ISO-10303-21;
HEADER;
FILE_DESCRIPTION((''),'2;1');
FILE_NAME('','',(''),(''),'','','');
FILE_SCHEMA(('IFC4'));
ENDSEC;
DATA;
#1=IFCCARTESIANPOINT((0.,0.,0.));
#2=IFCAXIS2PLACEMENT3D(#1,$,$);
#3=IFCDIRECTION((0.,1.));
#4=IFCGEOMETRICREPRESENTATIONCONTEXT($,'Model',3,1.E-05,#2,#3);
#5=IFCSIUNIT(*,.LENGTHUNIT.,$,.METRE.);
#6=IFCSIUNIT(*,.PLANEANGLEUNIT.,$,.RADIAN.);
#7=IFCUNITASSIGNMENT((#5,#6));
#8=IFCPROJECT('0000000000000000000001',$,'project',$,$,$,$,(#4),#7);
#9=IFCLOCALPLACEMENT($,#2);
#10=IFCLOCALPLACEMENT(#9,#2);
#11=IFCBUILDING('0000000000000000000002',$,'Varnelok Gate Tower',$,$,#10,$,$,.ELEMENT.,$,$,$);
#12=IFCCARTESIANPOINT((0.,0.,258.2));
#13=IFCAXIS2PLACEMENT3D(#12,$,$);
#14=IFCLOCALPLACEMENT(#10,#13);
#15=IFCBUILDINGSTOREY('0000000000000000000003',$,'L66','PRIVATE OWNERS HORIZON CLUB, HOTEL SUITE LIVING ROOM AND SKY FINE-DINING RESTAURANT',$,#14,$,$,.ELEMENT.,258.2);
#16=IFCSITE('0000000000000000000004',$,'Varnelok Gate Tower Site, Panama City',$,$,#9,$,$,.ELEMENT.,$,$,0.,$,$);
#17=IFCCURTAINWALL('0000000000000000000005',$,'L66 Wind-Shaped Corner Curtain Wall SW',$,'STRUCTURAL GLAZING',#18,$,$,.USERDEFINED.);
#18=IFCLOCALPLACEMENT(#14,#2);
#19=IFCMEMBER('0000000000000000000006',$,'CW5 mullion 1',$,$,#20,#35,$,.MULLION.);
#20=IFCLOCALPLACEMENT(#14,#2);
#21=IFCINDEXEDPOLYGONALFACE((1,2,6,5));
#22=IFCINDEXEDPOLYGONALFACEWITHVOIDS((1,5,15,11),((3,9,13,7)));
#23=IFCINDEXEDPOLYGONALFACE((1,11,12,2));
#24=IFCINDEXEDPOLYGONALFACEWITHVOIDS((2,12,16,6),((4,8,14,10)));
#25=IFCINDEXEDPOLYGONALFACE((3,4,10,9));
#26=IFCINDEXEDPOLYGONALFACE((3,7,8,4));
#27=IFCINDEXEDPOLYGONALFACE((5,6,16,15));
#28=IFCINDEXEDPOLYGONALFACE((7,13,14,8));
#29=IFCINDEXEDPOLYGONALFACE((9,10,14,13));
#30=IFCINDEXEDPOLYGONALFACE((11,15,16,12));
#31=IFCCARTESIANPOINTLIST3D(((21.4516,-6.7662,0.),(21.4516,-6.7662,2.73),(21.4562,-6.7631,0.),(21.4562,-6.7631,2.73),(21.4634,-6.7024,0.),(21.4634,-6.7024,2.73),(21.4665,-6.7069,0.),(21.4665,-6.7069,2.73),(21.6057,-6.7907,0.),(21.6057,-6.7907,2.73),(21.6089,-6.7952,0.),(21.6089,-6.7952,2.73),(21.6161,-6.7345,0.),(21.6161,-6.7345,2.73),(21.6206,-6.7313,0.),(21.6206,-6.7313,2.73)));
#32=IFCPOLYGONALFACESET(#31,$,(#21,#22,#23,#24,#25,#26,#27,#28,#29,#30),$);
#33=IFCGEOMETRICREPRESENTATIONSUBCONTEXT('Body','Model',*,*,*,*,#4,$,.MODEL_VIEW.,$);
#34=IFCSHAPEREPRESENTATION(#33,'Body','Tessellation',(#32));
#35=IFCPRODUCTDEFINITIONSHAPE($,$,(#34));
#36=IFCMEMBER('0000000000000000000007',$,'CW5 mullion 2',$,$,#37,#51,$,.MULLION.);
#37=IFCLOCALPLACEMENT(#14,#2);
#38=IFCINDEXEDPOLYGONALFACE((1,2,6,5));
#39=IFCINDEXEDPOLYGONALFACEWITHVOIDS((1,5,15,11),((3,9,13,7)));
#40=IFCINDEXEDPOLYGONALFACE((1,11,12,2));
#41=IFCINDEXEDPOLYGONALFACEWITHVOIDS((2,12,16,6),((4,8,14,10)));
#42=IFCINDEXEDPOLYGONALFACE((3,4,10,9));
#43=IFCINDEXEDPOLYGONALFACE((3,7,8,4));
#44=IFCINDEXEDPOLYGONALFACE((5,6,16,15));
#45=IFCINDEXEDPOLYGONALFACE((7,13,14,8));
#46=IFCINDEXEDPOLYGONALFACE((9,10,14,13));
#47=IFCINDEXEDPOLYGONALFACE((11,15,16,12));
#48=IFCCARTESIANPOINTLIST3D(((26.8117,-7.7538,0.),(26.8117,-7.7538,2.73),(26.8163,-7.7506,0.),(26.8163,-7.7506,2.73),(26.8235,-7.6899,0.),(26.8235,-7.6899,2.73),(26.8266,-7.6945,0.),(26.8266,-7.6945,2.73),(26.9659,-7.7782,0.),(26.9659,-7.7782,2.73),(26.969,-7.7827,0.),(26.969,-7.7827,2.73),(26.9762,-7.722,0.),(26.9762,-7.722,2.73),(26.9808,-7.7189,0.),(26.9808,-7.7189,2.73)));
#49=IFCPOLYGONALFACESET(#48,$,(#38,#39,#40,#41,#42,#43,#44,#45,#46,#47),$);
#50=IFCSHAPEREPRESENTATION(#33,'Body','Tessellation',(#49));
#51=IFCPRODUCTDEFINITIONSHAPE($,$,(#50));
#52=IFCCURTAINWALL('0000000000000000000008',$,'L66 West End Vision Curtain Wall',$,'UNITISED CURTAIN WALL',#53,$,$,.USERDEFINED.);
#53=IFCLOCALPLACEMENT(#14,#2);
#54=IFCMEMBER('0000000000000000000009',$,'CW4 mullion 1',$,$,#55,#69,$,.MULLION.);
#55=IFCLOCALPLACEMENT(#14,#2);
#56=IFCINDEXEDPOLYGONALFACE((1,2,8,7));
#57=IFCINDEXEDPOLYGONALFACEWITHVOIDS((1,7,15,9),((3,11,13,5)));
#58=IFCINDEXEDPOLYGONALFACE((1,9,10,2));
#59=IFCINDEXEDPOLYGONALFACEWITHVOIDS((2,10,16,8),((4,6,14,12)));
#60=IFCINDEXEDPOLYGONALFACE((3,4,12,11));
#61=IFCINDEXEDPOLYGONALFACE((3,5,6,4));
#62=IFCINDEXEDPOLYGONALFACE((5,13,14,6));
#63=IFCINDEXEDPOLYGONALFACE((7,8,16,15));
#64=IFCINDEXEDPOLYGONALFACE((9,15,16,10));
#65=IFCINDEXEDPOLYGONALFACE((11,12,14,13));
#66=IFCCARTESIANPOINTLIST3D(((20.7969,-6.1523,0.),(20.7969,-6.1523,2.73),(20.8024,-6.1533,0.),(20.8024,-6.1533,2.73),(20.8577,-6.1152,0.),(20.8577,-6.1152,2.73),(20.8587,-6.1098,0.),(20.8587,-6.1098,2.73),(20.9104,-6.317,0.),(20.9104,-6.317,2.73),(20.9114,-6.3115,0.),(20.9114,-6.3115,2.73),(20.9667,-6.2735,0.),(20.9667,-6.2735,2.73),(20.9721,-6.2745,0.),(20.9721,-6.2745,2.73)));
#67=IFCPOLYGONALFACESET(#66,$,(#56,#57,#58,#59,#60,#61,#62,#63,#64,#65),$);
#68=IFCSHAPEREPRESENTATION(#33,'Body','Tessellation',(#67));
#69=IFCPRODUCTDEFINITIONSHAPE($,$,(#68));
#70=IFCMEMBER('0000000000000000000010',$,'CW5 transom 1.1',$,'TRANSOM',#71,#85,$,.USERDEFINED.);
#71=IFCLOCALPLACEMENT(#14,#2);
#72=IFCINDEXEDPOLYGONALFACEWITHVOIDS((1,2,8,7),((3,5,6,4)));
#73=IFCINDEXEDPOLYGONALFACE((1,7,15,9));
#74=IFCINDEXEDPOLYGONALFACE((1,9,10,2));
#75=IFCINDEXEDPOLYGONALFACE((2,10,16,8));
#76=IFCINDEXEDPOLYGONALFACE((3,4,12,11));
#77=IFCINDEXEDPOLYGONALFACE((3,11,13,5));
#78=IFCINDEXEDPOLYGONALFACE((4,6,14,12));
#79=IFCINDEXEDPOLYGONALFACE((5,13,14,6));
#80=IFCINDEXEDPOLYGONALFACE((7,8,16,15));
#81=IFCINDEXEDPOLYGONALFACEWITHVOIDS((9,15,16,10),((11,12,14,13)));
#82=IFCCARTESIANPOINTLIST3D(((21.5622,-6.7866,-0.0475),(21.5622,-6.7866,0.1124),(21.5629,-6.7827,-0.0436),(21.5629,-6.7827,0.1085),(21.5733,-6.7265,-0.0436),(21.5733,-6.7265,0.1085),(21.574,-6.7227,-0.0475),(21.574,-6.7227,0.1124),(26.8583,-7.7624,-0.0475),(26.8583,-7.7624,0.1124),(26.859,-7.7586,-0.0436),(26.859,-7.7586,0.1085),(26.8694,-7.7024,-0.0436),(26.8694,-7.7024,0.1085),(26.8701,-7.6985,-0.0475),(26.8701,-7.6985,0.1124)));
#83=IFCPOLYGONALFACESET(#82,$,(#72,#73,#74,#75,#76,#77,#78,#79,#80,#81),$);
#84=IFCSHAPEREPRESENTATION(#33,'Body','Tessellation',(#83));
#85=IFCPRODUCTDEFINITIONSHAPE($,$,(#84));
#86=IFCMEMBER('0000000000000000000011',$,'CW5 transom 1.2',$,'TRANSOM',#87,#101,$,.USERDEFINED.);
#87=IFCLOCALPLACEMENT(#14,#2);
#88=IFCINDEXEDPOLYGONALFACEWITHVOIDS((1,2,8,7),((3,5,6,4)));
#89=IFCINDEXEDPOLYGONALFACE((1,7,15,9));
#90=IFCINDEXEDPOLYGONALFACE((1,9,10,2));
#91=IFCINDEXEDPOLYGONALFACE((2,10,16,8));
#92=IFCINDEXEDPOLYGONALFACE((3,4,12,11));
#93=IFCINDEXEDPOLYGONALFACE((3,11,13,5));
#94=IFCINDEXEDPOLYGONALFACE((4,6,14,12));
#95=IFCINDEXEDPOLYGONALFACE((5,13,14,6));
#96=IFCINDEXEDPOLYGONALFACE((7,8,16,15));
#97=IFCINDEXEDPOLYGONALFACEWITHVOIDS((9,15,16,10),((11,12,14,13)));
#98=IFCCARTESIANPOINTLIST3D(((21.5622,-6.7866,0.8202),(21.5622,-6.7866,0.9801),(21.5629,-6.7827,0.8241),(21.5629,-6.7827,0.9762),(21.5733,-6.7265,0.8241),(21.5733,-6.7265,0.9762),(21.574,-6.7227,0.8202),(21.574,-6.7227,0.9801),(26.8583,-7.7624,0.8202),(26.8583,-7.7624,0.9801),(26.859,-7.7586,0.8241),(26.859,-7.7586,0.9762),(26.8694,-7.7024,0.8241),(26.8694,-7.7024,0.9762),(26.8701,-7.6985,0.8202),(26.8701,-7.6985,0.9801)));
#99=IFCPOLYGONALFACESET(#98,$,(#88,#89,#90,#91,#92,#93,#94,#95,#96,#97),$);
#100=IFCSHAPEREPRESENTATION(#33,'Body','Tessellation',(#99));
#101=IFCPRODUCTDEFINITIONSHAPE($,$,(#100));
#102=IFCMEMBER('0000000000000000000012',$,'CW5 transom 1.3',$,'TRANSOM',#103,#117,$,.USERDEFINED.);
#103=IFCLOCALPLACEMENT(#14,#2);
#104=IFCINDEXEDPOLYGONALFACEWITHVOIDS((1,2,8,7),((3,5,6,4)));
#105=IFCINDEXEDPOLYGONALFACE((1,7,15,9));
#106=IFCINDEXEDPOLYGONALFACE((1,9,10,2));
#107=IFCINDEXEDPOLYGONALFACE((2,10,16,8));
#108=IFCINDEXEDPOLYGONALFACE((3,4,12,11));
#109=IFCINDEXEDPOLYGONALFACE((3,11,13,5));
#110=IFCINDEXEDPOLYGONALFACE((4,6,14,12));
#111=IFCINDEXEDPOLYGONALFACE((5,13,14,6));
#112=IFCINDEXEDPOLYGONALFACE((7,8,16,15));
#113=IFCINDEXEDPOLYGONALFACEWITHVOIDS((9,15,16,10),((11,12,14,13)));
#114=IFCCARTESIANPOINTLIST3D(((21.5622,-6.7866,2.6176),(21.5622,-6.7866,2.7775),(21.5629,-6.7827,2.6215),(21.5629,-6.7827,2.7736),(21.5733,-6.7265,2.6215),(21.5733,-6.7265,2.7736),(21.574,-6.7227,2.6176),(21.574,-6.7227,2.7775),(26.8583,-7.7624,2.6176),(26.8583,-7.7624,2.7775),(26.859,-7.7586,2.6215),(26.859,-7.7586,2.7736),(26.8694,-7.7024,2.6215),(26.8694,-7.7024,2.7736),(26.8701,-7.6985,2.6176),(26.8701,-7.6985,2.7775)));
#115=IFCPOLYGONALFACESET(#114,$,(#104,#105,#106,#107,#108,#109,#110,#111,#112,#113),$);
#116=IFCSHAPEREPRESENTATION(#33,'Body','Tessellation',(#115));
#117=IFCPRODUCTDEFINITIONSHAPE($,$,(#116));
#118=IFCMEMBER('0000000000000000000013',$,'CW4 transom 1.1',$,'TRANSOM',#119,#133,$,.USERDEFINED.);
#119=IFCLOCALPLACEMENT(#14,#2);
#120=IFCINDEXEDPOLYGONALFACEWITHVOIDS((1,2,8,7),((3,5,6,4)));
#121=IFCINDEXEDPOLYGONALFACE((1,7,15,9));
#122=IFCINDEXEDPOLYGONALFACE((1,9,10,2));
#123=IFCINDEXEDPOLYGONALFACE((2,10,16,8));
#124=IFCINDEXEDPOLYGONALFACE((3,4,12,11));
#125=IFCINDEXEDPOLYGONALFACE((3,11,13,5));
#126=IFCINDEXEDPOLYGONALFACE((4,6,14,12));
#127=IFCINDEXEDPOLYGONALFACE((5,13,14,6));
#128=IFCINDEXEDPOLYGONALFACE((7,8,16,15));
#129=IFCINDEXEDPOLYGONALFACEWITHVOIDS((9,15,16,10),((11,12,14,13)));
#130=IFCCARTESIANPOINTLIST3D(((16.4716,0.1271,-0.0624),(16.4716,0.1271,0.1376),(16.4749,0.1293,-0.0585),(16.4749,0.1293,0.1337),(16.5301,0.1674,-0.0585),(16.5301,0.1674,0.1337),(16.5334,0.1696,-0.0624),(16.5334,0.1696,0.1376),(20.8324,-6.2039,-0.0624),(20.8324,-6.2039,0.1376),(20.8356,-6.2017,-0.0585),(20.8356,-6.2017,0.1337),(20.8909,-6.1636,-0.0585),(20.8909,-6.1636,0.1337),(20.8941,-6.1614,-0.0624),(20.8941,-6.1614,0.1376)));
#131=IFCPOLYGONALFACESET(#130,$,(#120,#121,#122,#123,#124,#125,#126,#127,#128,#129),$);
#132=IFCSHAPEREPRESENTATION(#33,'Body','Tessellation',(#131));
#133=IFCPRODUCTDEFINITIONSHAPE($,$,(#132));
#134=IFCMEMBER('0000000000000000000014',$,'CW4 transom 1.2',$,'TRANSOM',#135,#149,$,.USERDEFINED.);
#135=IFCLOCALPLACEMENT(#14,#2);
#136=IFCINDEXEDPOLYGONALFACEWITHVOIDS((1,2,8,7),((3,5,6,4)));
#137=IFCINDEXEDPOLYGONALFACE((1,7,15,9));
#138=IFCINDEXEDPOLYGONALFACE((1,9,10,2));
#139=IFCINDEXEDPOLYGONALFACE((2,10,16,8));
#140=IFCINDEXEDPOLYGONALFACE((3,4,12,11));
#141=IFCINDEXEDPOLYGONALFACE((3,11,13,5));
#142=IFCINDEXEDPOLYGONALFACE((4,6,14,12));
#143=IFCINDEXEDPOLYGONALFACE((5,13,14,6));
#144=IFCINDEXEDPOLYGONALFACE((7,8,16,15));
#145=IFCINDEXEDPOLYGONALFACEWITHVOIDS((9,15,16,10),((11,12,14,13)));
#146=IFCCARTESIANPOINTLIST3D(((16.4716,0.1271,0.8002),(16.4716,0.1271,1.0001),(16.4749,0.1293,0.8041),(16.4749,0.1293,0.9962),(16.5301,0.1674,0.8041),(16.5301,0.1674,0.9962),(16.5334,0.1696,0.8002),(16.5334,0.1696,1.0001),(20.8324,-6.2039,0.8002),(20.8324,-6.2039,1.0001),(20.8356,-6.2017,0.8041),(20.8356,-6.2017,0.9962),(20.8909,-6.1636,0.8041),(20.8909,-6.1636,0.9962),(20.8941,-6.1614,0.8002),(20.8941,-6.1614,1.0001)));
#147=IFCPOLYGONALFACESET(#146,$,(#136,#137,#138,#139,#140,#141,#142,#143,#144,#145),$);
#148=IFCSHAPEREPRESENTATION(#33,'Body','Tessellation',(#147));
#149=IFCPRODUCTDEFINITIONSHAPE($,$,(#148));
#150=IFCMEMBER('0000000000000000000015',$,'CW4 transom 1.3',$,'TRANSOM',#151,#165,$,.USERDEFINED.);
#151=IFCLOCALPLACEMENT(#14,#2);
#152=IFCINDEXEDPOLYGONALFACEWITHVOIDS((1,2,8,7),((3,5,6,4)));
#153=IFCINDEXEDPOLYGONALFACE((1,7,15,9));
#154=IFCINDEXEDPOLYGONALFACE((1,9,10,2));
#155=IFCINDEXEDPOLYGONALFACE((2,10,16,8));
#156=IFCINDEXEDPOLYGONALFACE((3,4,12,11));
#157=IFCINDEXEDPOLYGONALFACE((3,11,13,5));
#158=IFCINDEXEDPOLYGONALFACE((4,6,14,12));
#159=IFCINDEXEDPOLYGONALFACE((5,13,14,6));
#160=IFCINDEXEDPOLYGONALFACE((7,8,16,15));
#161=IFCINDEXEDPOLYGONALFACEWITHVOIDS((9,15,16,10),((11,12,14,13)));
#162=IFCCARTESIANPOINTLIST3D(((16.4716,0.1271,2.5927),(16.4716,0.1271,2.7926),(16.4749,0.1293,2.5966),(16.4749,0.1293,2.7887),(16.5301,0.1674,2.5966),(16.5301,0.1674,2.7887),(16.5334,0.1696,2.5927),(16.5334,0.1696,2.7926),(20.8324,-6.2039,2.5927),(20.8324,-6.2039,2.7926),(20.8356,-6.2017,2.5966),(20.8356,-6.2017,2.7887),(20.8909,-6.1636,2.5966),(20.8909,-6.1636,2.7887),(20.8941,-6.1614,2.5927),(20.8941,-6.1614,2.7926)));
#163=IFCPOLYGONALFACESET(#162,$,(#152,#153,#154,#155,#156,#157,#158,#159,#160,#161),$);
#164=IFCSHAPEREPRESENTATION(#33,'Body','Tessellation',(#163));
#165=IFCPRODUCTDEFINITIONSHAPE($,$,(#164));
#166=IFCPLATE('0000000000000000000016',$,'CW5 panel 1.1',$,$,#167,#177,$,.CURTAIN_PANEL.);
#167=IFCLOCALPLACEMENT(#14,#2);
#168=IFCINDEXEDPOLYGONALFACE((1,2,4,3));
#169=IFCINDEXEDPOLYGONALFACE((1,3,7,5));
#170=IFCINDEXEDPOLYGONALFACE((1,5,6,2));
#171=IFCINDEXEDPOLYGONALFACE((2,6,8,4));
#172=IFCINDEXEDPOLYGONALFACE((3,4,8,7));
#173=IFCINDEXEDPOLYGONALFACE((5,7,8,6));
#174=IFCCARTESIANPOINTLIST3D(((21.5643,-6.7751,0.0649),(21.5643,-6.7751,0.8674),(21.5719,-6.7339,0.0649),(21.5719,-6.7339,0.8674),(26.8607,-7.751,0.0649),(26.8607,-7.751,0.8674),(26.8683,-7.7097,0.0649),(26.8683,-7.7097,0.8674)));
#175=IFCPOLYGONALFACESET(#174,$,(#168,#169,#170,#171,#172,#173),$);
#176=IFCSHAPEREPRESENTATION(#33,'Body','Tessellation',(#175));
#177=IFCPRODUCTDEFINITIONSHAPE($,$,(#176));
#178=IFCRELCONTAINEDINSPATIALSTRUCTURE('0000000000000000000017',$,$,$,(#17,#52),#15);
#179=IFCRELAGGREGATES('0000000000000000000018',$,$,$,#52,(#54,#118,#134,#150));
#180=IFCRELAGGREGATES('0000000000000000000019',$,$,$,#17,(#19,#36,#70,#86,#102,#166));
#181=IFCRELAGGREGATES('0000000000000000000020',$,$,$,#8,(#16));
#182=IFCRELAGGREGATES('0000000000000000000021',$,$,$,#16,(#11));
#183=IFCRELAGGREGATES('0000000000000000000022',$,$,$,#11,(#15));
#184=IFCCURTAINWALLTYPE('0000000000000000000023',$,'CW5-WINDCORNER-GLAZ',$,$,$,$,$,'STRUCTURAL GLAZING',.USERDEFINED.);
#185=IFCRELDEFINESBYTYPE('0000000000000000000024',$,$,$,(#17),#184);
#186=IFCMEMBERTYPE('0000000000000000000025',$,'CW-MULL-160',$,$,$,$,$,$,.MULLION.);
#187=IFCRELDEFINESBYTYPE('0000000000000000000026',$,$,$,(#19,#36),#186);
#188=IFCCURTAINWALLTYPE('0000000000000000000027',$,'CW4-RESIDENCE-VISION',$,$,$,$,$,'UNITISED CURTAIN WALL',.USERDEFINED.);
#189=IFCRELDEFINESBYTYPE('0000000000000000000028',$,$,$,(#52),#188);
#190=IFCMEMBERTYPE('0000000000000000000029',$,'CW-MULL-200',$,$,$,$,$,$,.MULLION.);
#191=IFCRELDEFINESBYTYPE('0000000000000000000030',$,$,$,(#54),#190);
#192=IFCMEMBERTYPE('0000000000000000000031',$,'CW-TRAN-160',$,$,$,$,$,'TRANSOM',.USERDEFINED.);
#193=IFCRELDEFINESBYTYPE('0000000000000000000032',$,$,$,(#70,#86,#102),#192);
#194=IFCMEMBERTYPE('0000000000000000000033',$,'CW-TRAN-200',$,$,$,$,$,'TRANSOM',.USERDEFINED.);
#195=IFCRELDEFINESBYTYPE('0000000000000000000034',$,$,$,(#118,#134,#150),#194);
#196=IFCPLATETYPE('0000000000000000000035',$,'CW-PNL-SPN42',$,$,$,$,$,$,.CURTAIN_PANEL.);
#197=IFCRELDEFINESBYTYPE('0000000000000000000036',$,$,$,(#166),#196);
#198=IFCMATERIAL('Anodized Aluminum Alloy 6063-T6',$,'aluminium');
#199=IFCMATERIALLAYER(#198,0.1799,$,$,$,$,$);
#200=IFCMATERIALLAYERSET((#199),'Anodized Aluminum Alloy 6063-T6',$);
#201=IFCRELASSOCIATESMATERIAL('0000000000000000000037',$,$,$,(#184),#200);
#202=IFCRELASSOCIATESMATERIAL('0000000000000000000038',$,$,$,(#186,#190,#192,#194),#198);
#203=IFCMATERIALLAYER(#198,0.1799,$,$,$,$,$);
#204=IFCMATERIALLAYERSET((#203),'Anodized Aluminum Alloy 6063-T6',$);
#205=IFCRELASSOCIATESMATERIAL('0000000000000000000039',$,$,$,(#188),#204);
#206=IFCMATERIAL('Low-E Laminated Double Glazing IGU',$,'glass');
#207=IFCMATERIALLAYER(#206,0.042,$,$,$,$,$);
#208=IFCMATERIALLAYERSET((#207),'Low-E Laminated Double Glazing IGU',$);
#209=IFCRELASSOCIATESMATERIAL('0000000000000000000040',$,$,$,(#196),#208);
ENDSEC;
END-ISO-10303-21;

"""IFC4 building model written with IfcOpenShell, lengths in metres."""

from ifc_helpers import new_model, si_unit, direction, frame, origin, origin_2d, place, context, subcontext, project, spatial, rectangle, hollow_rectangle, extrude, source, transform, mapped, material, layer, layer_set, material_profile, profile_set, type_object, element, aggregate, save


model = new_model("IFC4")

# Units and contexts
model_context = context("Model", 3, precision=1e-05, world=origin(), true_north=direction((0.0, 1.0)))
body_context = subcontext(model_context, "Body", "Model", "MODEL_VIEW")
ifc_project = project(units=[si_unit("LENGTHUNIT", "METRE"), si_unit("PLANEANGLEUNIT", "RADIAN")], contexts=[model_context])

# Site, building, storey
site_placement = place(None, origin())
site = spatial("IfcSite", under=ifc_project, at=site_placement, Name="Varnelok Gate Tower Site, Panama City", CompositionType="ELEMENT", RefElevation=0.0)
building_placement = place(site_placement, origin())
building = spatial("IfcBuilding", under=site, at=building_placement, Name="Varnelok Gate Tower", CompositionType="ELEMENT")
storey_placement = place(building_placement, frame((0.0, 0.0, 258.2)))
storey = spatial("IfcBuildingStorey", under=building, at=storey_placement, Name="L66", Description="PRIVATE OWNERS HORIZON CLUB, HOTEL SUITE LIVING ROOM AND SKY FINE-DINING RESTAURANT", CompositionType="ELEMENT", Elevation=258.2)

# Curtain wall, members
ifc_material_1 = material(Name="Anodized Aluminum Alloy 6063-T6", Category="aluminium")
ifc_layer_1 = layer(ifc_material_1, 0.1799)
ifc_layer_set_1 = layer_set([ifc_layer_1], Name="Anodized Aluminum Alloy 6063-T6")
curtain_wall_type_1 = type_object("IfcCurtainWallType", Name="CW5-WINDCORNER-GLAZ", ElementType="STRUCTURAL GLAZING", PredefinedType="USERDEFINED", material=ifc_layer_set_1)
curtain_wall_1_placement = place(storey_placement, origin())
curtain_wall_1 = element("IfcCurtainWall", 1, at=curtain_wall_1_placement, inside=storey, type_object=curtain_wall_type_1, Name="L66 Wind-Shaped Corner Curtain Wall SW", ObjectType="STRUCTURAL GLAZING", PredefinedType="USERDEFINED")
ifc_material_profile_1 = material_profile(ifc_material_1, hollow_rectangle(XDim=0.0649, YDim=0.1599, WallThickness=0.0039, at=origin_2d()), Name="ALU160X65X4")
ifc_profile_set_1 = profile_set([ifc_material_profile_1], Name="Anodized Aluminum Alloy 6063-T6")
member_type_1 = type_object("IfcMemberType", Name="CW-MULL-160", PredefinedType="MULLION", material=ifc_profile_set_1)
member_1_placement = place(storey_placement, frame((21.5361, -6.7488, 0.0), z_axis=(0.0, 0.0, 1.0), x_axis=(0.181202, 0.983446, 0.0)))
member_1 = element("IfcMember", 2, at=member_1_placement, type_object=member_type_1, Name="CW5 mullion 1", PredefinedType="MULLION", context=body_context, shape_type="SweptSolid", body=[
    extrude(hollow_rectangle(XDim=0.0649, YDim=0.1599, WallThickness=0.0039, at=origin_2d()), origin(), (0.0, 0.0, 1.0), 2.73),
])
member_2_placement = place(storey_placement, frame((26.8962, -7.7363, 0.0), z_axis=(0.0, 0.0, 1.0), x_axis=(0.181202, 0.983446, 0.0)))
member_2 = element("IfcMember", 3, at=member_2_placement, type_object=member_type_1, Name="CW5 mullion 2", PredefinedType="MULLION", context=body_context, shape_type="SweptSolid", body=[
    extrude(hollow_rectangle(XDim=0.0649, YDim=0.1599, WallThickness=0.0039, at=origin_2d()), origin(), (0.0, 0.0, 1.0), 2.73),
])

# Curtain wall, member
ifc_layer_2 = layer(ifc_material_1, 0.1799)
ifc_layer_set_2 = layer_set([ifc_layer_2], Name="Anodized Aluminum Alloy 6063-T6")
curtain_wall_type_2 = type_object("IfcCurtainWallType", Name="CW4-RESIDENCE-VISION", ElementType="UNITISED CURTAIN WALL", PredefinedType="USERDEFINED", material=ifc_layer_set_2)
curtain_wall_2_placement = place(storey_placement, origin())
curtain_wall_2 = element("IfcCurtainWall", 4, at=curtain_wall_2_placement, inside=storey, type_object=curtain_wall_type_2, Name="L66 West End Vision Curtain Wall", ObjectType="UNITISED CURTAIN WALL", PredefinedType="USERDEFINED")
ifc_material_profile_2 = material_profile(ifc_material_1, hollow_rectangle(XDim=0.075, YDim=0.2, WallThickness=0.0039, at=origin_2d()), Name="ALU200X75X4")
ifc_profile_set_2 = profile_set([ifc_material_profile_2], Name="Anodized Aluminum Alloy 6063-T6")
member_type_2 = type_object("IfcMemberType", Name="CW-MULL-200", PredefinedType="MULLION", material=ifc_profile_set_2)
member_3_placement = place(storey_placement, frame((20.8845, -6.2134, 0.0), z_axis=(0.0, 0.0, 1.0), x_axis=(-0.823532, -0.567269, 0.0)))
member_3 = element("IfcMember", 5, at=member_3_placement, type_object=member_type_2, Name="CW4 mullion 1", PredefinedType="MULLION", context=body_context, shape_type="SweptSolid", body=[
    extrude(hollow_rectangle(XDim=0.075, YDim=0.2, WallThickness=0.0039, at=origin_2d()), origin(), (0.0, 0.0, 1.0), 2.73),
])

# Members
ifc_material_profile_3 = material_profile(ifc_material_1, hollow_rectangle(XDim=0.0649, YDim=0.1599, WallThickness=0.0039, at=origin_2d()), Name="ALU160X65X4")
ifc_profile_set_3 = profile_set([ifc_material_profile_3], Name="Anodized Aluminum Alloy 6063-T6")
member_type_3 = type_object("IfcMemberType", Name="CW-TRAN-160", ElementType="TRANSOM", PredefinedType="USERDEFINED", material=ifc_profile_set_3)
member_4_placement = place(storey_placement, frame((21.5681, -6.7546, 0.0325), z_axis=(0.983446, -0.181203, 0.0), x_axis=(0.181203, 0.983446, 0.0)))
member_4 = element("IfcMember", 6, at=member_4_placement, type_object=member_type_3, Name="CW5 transom 1.1", ObjectType="TRANSOM", PredefinedType="USERDEFINED", context=body_context, shape_type="SweptSolid", body=[
    extrude(hollow_rectangle(XDim=0.0649, YDim=0.1599, WallThickness=0.0039, at=origin_2d()), origin(), (0.0, 0.0, 1.0), 5.3853),
])
member_5_placement = place(storey_placement, frame((21.5681, -6.7546, 0.9001), z_axis=(0.983446, -0.181203, 0.0), x_axis=(0.181203, 0.983446, 0.0)))
member_5 = element("IfcMember", 7, at=member_5_placement, type_object=member_type_3, Name="CW5 transom 1.2", ObjectType="TRANSOM", PredefinedType="USERDEFINED", context=body_context, shape_type="SweptSolid", body=[
    extrude(hollow_rectangle(XDim=0.0649, YDim=0.1599, WallThickness=0.0039, at=origin_2d()), origin(), (0.0, 0.0, 1.0), 5.3853),
])
member_6_placement = place(storey_placement, frame((21.5681, -6.7546, 2.6975), z_axis=(0.983446, -0.181203, 0.0), x_axis=(0.181203, 0.983446, 0.0)))
member_6 = element("IfcMember", 8, at=member_6_placement, type_object=member_type_3, Name="CW5 transom 1.3", ObjectType="TRANSOM", PredefinedType="USERDEFINED", context=body_context, shape_type="SweptSolid", body=[
    extrude(hollow_rectangle(XDim=0.0649, YDim=0.1599, WallThickness=0.0039, at=origin_2d()), origin(), (0.0, 0.0, 1.0), 5.3853),
])
ifc_material_profile_4 = material_profile(ifc_material_1, hollow_rectangle(XDim=0.075, YDim=0.2, WallThickness=0.0039, at=origin_2d()), Name="ALU200X75X4")
ifc_profile_set_4 = profile_set([ifc_material_profile_4], Name="Anodized Aluminum Alloy 6063-T6")
member_type_4 = type_object("IfcMemberType", Name="CW-TRAN-200", ElementType="TRANSOM", PredefinedType="USERDEFINED", material=ifc_profile_set_4)
member_7_placement = place(storey_placement, frame((20.8633, -6.1826, 0.0376), z_axis=(-0.567256, 0.823541, 0.0), x_axis=(-0.823541, -0.567256, 0.0)))
member_7 = element("IfcMember", 9, at=member_7_placement, type_object=member_type_4, Name="CW4 transom 1.1", ObjectType="TRANSOM", PredefinedType="USERDEFINED", context=body_context, shape_type="SweptSolid", body=[
    extrude(hollow_rectangle(XDim=0.075, YDim=0.2, WallThickness=0.0039, at=origin_2d()), origin(), (0.0, 0.0, 1.0), 7.6875),
])
member_8_placement = place(storey_placement, frame((20.8633, -6.1826, 0.9001), z_axis=(-0.567256, 0.823541, 0.0), x_axis=(-0.823541, -0.567256, 0.0)))
member_8 = element("IfcMember", 10, at=member_8_placement, type_object=member_type_4, Name="CW4 transom 1.2", ObjectType="TRANSOM", PredefinedType="USERDEFINED", context=body_context, shape_type="SweptSolid", body=[
    extrude(hollow_rectangle(XDim=0.075, YDim=0.2, WallThickness=0.0039, at=origin_2d()), origin(), (0.0, 0.0, 1.0), 7.6875),
])
member_9_placement = place(storey_placement, frame((20.8633, -6.1826, 2.6926), z_axis=(-0.567256, 0.823541, 0.0), x_axis=(-0.823541, -0.567256, 0.0)))
member_9 = element("IfcMember", 11, at=member_9_placement, type_object=member_type_4, Name="CW4 transom 1.3", ObjectType="TRANSOM", PredefinedType="USERDEFINED", context=body_context, shape_type="SweptSolid", body=[
    extrude(hollow_rectangle(XDim=0.075, YDim=0.2, WallThickness=0.0039, at=origin_2d()), origin(), (0.0, 0.0, 1.0), 7.6875),
])
aggregate(curtain_wall_2, [member_3, member_7, member_8, member_9])

# Plate
ifc_material_2 = material(Name="Low-E Laminated Double Glazing IGU", Category="glass")
ifc_layer_3 = layer(ifc_material_2, 0.042)
ifc_layer_set_3 = layer_set([ifc_layer_3], Name="Low-E Laminated Double Glazing IGU")
plate_type = type_object("IfcPlateType", Name="CW-PNL-SPN42", PredefinedType="CURTAIN_PANEL", material=ifc_layer_set_3)
shared_shape_1 = source(origin(), body_context, "Body", "SweptSolid", [
    extrude(rectangle(XDim=5.3855, YDim=0.042, at=origin_2d()), origin(), (0.0, 0.0, 1.0), 0.8025),
])
plate_1_placement = place(storey_placement, frame((24.2163, -7.2424, 0.0649), z_axis=(0.0, 0.0, 1.0), x_axis=(0.983446, -0.181202, 0.0)))
plate_1 = element("IfcPlate", 12, at=plate_1_placement, type_object=plate_type, Name="CW5 panel 1.1", PredefinedType="CURTAIN_PANEL", context=body_context, shape_type="MappedRepresentation", body=[
    mapped(shared_shape_1, transform((0.0, 0.0, 0.0), scale=1.0)),
])
aggregate(curtain_wall_1, [member_1, member_2, member_4, member_5, member_6, plate_1])

save(model, "model.ifc")
